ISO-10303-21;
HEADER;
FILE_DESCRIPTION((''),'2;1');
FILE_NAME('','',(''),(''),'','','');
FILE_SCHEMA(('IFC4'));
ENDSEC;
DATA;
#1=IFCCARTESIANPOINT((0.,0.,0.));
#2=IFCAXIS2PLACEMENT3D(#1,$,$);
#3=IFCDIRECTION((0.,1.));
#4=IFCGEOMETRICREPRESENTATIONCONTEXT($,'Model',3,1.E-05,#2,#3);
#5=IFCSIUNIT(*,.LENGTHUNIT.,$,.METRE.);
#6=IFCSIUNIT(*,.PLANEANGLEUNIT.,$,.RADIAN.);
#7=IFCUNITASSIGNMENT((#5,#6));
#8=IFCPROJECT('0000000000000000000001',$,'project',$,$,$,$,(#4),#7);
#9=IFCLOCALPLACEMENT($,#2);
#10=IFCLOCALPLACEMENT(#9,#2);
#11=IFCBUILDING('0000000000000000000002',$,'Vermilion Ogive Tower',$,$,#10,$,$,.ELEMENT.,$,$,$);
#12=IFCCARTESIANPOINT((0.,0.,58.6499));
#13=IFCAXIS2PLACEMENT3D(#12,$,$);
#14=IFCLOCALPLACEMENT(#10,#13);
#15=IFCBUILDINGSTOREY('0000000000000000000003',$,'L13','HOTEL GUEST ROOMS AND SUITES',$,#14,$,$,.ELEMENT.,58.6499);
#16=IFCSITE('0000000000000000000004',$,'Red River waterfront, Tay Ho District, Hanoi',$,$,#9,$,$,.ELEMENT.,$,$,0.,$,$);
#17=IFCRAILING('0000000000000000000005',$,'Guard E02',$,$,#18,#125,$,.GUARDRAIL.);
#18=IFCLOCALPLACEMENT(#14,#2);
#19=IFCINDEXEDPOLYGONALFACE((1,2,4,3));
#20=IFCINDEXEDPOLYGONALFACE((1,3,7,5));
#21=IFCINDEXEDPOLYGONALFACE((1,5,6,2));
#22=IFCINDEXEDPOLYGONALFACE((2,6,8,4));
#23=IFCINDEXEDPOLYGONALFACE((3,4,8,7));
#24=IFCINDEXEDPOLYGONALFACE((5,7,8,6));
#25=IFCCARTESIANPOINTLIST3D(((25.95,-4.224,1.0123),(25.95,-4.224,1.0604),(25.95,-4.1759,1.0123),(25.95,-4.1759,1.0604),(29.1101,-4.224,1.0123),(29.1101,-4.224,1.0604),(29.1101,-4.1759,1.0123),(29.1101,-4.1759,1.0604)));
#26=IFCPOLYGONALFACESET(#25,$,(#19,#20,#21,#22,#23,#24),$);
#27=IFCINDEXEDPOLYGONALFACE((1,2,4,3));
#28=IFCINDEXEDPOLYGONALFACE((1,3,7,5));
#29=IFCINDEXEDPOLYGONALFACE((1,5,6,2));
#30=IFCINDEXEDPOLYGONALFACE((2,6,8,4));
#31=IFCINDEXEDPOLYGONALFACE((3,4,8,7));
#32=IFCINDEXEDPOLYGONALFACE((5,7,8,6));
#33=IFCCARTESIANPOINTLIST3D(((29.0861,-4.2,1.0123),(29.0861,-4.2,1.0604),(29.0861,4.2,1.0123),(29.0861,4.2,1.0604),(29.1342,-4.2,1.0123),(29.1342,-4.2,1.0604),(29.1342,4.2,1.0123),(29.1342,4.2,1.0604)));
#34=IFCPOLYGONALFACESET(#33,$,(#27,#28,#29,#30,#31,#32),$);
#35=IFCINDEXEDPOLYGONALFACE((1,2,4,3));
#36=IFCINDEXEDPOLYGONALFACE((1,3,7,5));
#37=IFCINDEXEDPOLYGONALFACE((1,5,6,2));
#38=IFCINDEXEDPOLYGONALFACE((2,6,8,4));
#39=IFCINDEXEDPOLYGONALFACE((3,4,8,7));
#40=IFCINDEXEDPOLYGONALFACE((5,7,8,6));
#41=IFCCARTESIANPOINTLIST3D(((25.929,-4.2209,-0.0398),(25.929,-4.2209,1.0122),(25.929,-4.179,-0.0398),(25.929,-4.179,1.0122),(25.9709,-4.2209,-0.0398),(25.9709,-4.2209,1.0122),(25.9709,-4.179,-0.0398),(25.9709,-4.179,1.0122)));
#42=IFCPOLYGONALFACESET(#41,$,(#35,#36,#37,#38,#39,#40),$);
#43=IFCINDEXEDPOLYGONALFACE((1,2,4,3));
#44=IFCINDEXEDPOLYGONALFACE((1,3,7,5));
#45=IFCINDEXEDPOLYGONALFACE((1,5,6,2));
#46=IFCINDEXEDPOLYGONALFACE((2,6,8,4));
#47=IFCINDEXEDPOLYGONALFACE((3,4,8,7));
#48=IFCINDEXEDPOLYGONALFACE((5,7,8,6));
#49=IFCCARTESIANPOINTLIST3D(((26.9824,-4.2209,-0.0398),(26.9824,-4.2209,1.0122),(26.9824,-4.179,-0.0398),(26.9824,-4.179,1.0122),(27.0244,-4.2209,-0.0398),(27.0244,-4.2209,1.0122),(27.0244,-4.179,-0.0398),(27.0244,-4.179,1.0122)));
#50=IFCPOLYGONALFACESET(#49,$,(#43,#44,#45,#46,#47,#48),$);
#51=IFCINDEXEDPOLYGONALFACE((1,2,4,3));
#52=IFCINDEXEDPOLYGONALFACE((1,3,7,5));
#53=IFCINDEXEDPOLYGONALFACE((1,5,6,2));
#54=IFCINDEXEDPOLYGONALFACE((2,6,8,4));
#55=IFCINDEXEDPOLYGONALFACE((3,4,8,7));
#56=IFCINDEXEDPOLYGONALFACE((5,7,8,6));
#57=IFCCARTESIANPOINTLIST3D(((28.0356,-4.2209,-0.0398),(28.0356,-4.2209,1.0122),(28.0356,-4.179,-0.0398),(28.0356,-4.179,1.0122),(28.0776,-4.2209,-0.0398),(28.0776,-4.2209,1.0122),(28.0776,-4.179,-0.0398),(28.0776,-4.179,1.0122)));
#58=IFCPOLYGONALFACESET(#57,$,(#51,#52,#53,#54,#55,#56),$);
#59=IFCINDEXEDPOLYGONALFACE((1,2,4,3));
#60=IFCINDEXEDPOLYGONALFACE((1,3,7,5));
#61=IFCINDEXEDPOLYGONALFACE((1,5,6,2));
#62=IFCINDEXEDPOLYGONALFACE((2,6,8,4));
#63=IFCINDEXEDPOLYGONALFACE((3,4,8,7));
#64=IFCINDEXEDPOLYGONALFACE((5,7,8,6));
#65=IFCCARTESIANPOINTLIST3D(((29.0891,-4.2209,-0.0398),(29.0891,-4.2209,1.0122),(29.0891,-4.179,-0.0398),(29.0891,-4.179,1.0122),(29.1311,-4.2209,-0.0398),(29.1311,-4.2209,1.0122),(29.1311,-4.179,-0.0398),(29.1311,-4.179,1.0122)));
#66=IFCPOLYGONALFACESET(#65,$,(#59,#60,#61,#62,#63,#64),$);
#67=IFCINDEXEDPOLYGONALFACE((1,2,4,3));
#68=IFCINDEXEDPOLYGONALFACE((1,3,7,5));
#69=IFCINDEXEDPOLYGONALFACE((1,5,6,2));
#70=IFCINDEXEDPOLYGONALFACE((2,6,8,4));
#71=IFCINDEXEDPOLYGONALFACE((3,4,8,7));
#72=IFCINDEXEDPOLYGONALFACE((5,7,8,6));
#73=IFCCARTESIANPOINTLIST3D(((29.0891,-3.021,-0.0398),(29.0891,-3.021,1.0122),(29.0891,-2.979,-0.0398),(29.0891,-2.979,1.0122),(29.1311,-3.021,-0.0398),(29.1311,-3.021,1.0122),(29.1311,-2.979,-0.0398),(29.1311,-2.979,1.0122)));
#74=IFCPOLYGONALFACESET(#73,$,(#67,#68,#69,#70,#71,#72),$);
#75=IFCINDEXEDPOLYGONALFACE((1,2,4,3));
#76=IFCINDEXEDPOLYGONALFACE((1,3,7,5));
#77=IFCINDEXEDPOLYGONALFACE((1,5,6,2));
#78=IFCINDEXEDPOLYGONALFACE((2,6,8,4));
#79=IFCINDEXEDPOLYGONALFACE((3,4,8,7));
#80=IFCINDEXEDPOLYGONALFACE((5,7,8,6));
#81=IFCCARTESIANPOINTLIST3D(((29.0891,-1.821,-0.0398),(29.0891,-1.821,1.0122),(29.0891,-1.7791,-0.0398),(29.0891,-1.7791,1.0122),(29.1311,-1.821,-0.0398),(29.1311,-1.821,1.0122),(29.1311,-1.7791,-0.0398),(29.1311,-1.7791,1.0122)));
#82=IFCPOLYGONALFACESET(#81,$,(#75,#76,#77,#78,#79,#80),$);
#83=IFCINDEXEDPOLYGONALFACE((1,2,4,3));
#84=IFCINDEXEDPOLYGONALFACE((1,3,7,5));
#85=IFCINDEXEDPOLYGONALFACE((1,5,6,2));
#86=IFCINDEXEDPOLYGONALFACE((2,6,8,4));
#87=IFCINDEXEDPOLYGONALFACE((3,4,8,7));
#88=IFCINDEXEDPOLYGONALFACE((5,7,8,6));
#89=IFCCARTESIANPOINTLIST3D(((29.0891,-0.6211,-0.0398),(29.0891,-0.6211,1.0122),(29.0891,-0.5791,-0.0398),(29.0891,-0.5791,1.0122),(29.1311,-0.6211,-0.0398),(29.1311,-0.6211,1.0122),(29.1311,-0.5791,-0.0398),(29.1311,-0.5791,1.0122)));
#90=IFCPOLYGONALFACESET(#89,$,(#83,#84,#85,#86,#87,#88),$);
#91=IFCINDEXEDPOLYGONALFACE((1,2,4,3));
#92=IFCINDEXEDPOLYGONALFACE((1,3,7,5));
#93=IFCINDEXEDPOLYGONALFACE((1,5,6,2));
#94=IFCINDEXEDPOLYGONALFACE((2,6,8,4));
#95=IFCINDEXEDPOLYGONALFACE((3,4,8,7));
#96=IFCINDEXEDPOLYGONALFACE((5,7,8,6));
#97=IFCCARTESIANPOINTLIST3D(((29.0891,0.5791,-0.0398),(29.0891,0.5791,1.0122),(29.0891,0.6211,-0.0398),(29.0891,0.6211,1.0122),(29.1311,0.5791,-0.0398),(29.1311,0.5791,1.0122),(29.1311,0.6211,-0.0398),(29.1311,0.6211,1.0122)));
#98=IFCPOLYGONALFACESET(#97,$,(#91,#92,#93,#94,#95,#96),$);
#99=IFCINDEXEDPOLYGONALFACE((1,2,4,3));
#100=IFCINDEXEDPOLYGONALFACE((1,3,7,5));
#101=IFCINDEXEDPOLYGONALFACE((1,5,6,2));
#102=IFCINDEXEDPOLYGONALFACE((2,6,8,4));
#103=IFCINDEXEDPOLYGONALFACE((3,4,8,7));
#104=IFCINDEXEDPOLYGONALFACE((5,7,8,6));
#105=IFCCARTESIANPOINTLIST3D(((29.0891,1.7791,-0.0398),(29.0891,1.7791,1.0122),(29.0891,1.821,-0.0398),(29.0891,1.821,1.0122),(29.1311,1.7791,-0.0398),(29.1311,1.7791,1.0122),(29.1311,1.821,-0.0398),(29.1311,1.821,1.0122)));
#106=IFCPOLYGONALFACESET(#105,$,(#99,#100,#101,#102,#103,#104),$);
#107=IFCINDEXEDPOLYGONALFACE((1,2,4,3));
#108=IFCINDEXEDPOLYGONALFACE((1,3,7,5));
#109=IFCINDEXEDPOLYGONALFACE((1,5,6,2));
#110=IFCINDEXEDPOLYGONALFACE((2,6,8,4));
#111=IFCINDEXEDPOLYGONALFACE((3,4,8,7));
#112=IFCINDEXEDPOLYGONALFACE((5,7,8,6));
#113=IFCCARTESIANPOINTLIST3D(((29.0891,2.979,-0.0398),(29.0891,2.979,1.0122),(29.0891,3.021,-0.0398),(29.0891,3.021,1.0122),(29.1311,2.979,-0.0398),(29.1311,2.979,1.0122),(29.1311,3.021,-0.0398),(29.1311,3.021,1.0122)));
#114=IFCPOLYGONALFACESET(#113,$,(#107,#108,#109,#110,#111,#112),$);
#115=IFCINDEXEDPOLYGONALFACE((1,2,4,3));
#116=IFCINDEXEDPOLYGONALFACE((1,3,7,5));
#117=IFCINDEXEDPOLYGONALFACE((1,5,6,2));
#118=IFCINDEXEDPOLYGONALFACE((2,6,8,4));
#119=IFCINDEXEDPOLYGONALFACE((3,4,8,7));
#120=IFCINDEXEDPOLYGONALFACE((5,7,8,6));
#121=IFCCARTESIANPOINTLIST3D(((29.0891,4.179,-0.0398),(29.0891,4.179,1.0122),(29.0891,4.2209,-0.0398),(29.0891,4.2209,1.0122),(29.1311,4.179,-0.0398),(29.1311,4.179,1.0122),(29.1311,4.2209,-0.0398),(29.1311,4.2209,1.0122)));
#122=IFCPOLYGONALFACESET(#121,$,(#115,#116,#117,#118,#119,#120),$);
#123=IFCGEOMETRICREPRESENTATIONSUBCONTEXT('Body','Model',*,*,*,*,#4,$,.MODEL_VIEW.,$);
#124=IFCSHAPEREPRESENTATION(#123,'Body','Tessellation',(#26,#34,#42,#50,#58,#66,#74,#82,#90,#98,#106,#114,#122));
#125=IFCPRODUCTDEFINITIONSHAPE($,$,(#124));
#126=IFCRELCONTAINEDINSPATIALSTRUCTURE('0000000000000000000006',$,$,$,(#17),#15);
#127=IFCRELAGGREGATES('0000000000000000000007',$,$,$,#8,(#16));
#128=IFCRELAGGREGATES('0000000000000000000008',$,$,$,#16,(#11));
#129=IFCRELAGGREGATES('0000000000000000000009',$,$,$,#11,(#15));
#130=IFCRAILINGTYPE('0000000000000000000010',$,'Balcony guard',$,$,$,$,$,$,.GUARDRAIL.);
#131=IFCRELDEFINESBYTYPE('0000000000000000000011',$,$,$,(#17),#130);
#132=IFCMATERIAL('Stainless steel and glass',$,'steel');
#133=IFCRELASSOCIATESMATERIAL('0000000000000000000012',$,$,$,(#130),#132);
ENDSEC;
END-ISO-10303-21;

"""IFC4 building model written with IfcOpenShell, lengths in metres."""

from ifc_helpers import new_model, si_unit, direction, frame, origin, origin_2d, place, context, subcontext, project, spatial, rectangle, extrude, material, type_object, element, save


model = new_model("IFC4")

# Units and contexts
model_context = context("Model", 3, precision=1e-05, world=origin(), true_north=direction((0.0, 1.0)))
body_context = subcontext(model_context, "Body", "Model", "MODEL_VIEW")
ifc_project = project(units=[si_unit("LENGTHUNIT", "METRE"), si_unit("PLANEANGLEUNIT", "RADIAN")], contexts=[model_context])

# Site, building, storey
site_placement = place(None, origin())
site = spatial("IfcSite", under=ifc_project, at=site_placement, Name="Red River waterfront, Tay Ho District, Hanoi", CompositionType="ELEMENT", RefElevation=0.0)
building_placement = place(site_placement, origin())
building = spatial("IfcBuilding", under=site, at=building_placement, Name="Vermilion Ogive Tower", CompositionType="ELEMENT")
storey_placement = place(building_placement, frame((0.0, 0.0, 58.6499)))
storey = spatial("IfcBuildingStorey", under=building, at=storey_placement, Name="L13", Description="HOTEL GUEST ROOMS AND SUITES", CompositionType="ELEMENT", Elevation=58.6499)

# Railing
ifc_material_1 = material(Name="Stainless steel and glass", Category="steel")
railing_type = type_object("IfcRailingType", Name="Balcony guard", PredefinedType="GUARDRAIL", material=ifc_material_1)
railing_placement = place(storey_placement, frame((25.95, -4.2, -0.0398)))
element("IfcRailing", 1, at=railing_placement, inside=storey, type_object=railing_type, Name="Guard E02", PredefinedType="GUARDRAIL", context=body_context, shape_type="SweptSolid", body=[
    extrude(rectangle(XDim=0.0481, YDim=0.0481, at=origin_2d()), frame((0.0, 0.0, 1.0762), z_axis=(1.0, 0.0, 0.0), x_axis=(0.0, 1.0, 0.0)), (0.0, 0.0, 1.0), 3.1602),
    extrude(rectangle(XDim=0.0481, YDim=0.0481, at=origin_2d()), frame((3.1602, 0.0, 1.0762), z_axis=(0.0, 1.0, 0.0), x_axis=(-1.0, 0.0, 0.0)), (0.0, 0.0, 1.0), 8.3999),
    extrude(rectangle(XDim=0.042, YDim=0.042, at=origin_2d()), origin(), (0.0, 0.0, 1.0), 1.052),
    extrude(rectangle(XDim=0.042, YDim=0.042, at=origin_2d()), frame((1.0535, 0.0, 0.0)), (0.0, 0.0, 1.0), 1.052),
    extrude(rectangle(XDim=0.042, YDim=0.042, at=origin_2d()), frame((2.1067, 0.0, 0.0)), (0.0, 0.0, 1.0), 1.052),
    extrude(rectangle(XDim=0.042, YDim=0.042, at=origin_2d()), frame((3.1602, 0.0, 0.0)), (0.0, 0.0, 1.0), 1.052),
    extrude(rectangle(XDim=0.042, YDim=0.042, at=origin_2d()), frame((3.1602, 1.2, 0.0)), (0.0, 0.0, 1.0), 1.052),
    extrude(rectangle(XDim=0.042, YDim=0.042, at=origin_2d()), frame((3.1602, 2.3999, 0.0)), (0.0, 0.0, 1.0), 1.052),
    extrude(rectangle(XDim=0.042, YDim=0.042, at=origin_2d()), frame((3.1602, 3.5999, 0.0)), (0.0, 0.0, 1.0), 1.052),
    extrude(rectangle(XDim=0.042, YDim=0.042, at=origin_2d()), frame((3.1602, 4.8, 0.0)), (0.0, 0.0, 1.0), 1.052),
    extrude(rectangle(XDim=0.042, YDim=0.042, at=origin_2d()), frame((3.1602, 6.0, 0.0)), (0.0, 0.0, 1.0), 1.052),
    extrude(rectangle(XDim=0.042, YDim=0.042, at=origin_2d()), frame((3.1602, 7.2, 0.0)), (0.0, 0.0, 1.0), 1.052),
    extrude(rectangle(XDim=0.042, YDim=0.042, at=origin_2d()), frame((3.1602, 8.3999, 0.0)), (0.0, 0.0, 1.0), 1.052),
])

save(model, "model.ifc")
